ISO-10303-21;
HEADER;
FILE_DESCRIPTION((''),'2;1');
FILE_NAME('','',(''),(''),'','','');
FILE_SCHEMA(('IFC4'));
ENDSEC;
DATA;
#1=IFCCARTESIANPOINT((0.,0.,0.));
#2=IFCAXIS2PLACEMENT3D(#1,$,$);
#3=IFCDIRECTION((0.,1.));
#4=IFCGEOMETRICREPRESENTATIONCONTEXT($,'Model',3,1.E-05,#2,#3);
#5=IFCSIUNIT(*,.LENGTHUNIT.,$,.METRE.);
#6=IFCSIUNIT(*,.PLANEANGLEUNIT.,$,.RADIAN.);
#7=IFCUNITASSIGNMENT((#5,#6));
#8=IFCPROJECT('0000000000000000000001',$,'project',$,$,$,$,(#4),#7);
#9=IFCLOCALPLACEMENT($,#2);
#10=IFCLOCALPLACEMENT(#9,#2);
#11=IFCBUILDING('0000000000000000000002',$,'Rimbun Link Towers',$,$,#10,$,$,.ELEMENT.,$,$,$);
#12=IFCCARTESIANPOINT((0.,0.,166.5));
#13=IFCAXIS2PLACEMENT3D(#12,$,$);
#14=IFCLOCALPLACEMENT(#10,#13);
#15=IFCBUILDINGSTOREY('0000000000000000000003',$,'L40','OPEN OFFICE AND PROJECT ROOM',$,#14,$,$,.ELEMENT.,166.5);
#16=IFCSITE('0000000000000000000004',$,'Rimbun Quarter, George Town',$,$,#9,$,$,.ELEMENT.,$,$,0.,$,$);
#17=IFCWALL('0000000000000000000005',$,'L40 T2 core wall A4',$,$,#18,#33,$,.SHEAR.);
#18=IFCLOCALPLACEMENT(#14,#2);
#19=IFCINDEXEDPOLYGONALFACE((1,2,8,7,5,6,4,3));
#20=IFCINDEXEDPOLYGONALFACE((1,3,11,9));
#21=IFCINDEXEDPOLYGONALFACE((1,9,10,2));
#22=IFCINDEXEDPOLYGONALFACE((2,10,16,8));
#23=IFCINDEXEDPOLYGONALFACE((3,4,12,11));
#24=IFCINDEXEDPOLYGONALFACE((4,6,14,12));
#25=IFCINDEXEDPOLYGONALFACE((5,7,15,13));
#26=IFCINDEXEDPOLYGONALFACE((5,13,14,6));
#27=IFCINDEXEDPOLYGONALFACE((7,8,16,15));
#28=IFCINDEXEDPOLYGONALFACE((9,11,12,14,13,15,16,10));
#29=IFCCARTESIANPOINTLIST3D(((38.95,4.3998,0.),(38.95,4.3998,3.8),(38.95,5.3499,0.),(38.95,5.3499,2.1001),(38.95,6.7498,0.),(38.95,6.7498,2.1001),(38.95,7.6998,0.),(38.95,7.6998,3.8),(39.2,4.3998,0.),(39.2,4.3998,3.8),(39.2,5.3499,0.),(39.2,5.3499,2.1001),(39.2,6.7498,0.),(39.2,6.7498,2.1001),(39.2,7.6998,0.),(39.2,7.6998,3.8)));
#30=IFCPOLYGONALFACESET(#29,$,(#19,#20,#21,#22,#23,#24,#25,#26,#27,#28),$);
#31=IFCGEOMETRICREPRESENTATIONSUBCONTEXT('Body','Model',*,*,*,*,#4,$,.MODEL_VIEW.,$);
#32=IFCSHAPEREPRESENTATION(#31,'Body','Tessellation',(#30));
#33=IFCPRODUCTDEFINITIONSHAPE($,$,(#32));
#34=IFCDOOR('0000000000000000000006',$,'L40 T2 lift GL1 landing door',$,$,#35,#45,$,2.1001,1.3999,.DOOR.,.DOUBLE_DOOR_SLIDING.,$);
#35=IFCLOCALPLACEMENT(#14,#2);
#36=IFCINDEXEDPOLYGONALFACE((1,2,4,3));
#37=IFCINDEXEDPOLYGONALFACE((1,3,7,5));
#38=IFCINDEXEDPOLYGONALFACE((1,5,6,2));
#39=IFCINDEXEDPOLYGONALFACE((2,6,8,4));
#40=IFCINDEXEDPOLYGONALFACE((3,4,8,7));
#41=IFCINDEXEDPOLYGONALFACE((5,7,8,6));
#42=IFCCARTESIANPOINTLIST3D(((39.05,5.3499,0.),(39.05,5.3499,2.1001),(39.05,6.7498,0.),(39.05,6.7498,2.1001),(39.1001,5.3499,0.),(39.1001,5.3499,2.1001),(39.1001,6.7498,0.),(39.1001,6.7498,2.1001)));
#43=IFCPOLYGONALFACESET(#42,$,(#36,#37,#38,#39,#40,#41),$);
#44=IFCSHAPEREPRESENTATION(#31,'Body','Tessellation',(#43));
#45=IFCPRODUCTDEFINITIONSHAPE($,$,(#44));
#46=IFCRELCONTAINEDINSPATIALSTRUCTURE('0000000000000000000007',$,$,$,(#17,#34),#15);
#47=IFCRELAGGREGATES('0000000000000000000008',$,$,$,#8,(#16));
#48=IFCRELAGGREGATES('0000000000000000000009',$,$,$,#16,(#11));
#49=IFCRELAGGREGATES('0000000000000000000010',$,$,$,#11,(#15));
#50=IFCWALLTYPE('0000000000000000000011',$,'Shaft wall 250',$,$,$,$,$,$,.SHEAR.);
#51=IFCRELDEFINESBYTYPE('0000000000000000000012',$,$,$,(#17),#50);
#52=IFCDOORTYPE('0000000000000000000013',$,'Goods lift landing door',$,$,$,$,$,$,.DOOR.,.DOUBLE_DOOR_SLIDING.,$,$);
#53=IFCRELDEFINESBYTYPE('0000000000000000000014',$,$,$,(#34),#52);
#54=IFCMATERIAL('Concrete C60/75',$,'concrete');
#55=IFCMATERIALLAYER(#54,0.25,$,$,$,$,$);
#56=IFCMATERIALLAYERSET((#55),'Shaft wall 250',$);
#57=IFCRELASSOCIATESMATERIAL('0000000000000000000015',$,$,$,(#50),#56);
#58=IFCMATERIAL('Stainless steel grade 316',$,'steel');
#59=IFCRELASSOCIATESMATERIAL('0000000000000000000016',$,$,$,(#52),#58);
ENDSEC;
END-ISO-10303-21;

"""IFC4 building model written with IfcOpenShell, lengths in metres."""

from ifc_helpers import new_model, si_unit, direction, frame, frame_2d, origin, place, context, subcontext, project, spatial, rectangle, extrude, material, layer, layer_set, type_object, element, fill, save


model = new_model("IFC4")

# Units and contexts
model_context = context("Model", 3, precision=1e-05, world=origin(), true_north=direction((0.0, 1.0)))
body_context = subcontext(model_context, "Body", "Model", "MODEL_VIEW")
ifc_project = project(units=[si_unit("LENGTHUNIT", "METRE"), si_unit("PLANEANGLEUNIT", "RADIAN")], contexts=[model_context])

# Site, building, storey
site_placement = place(None, origin())
site = spatial("IfcSite", under=ifc_project, at=site_placement, Name="Rimbun Quarter, George Town", CompositionType="ELEMENT", RefElevation=0.0)
building_placement = place(site_placement, origin())
building = spatial("IfcBuilding", under=site, at=building_placement, Name="Rimbun Link Towers", CompositionType="ELEMENT")
storey_placement = place(building_placement, frame((0.0, 0.0, 166.5)))
storey = spatial("IfcBuildingStorey", under=building, at=storey_placement, Name="L40", Description="OPEN OFFICE AND PROJECT ROOM", CompositionType="ELEMENT", Elevation=166.5)

# Shared definitions
ifc_material_1 = material(Name="Concrete C60/75", Category="concrete")
ifc_layer_1 = layer(ifc_material_1, 0.25)
ifc_layer_set_1 = layer_set([ifc_layer_1], Name="Shaft wall 250")
wall_type_1 = type_object("IfcWallType", Name="Shaft wall 250", PredefinedType="SHEAR", material=ifc_layer_set_1)

# Wall, opening, door
wall_1_placement = place(storey_placement, frame((39.075, 4.3999, 0.0), z_axis=(0.0, 0.0, 1.0), x_axis=(0.0, 1.0, 0.0)))
wall_1 = element("IfcWall", 1, at=wall_1_placement, inside=storey, type_object=wall_type_1, Name="L40 T2 core wall A4", PredefinedType="SHEAR", context=body_context, shape_type="SweptSolid", body=[
    extrude(rectangle(XDim=3.3, YDim=0.25, at=frame_2d((1.6499, 0.0))), origin(), (0.0, 0.0, 1.0), 3.8),
])
opening_1_placement = place(wall_1_placement, frame((0.95, 0.0, 0.0)))
opening_1 = element("IfcOpeningElement", 2, at=opening_1_placement, cuts=wall_1, PredefinedType="OPENING", context=body_context, shape_type="SweptSolid", body=[
    extrude(rectangle(XDim=1.3999, YDim=2.1001, at=frame_2d((0.7, 1.05))), frame((0.0, 0.135, 0.0), z_axis=(0.0, -1.0, 0.0), x_axis=(1.0, 0.0, 0.0)), (0.0, 0.0, 1.0), 0.27),
])
ifc_material_2 = material(Name="Stainless steel grade 316", Category="steel")
door_type = type_object("IfcDoorType", Name="Goods lift landing door", OperationType="DOUBLE_DOOR_SLIDING", PredefinedType="DOOR", material=ifc_material_2)
door_placement = place(opening_1_placement, origin())
door = element("IfcDoor", 3, at=door_placement, inside=storey, type_object=door_type, Name="L40 T2 lift GL1 landing door", OperationType="DOUBLE_DOOR_SLIDING", OverallHeight=2.1001, OverallWidth=1.3999, PredefinedType="DOOR", context=body_context, shape_type="SweptSolid", body=[
    extrude(rectangle(XDim=1.3999, YDim=2.1001, at=frame_2d((0.7, 1.05))), frame((0.0, 0.0249, 0.0), z_axis=(0.0, -1.0, 0.0), x_axis=(1.0, 0.0, 0.0)), (0.0, 0.0, 1.0), 0.05),
])
fill(opening_1, door)

save(model, "model.ifc")
